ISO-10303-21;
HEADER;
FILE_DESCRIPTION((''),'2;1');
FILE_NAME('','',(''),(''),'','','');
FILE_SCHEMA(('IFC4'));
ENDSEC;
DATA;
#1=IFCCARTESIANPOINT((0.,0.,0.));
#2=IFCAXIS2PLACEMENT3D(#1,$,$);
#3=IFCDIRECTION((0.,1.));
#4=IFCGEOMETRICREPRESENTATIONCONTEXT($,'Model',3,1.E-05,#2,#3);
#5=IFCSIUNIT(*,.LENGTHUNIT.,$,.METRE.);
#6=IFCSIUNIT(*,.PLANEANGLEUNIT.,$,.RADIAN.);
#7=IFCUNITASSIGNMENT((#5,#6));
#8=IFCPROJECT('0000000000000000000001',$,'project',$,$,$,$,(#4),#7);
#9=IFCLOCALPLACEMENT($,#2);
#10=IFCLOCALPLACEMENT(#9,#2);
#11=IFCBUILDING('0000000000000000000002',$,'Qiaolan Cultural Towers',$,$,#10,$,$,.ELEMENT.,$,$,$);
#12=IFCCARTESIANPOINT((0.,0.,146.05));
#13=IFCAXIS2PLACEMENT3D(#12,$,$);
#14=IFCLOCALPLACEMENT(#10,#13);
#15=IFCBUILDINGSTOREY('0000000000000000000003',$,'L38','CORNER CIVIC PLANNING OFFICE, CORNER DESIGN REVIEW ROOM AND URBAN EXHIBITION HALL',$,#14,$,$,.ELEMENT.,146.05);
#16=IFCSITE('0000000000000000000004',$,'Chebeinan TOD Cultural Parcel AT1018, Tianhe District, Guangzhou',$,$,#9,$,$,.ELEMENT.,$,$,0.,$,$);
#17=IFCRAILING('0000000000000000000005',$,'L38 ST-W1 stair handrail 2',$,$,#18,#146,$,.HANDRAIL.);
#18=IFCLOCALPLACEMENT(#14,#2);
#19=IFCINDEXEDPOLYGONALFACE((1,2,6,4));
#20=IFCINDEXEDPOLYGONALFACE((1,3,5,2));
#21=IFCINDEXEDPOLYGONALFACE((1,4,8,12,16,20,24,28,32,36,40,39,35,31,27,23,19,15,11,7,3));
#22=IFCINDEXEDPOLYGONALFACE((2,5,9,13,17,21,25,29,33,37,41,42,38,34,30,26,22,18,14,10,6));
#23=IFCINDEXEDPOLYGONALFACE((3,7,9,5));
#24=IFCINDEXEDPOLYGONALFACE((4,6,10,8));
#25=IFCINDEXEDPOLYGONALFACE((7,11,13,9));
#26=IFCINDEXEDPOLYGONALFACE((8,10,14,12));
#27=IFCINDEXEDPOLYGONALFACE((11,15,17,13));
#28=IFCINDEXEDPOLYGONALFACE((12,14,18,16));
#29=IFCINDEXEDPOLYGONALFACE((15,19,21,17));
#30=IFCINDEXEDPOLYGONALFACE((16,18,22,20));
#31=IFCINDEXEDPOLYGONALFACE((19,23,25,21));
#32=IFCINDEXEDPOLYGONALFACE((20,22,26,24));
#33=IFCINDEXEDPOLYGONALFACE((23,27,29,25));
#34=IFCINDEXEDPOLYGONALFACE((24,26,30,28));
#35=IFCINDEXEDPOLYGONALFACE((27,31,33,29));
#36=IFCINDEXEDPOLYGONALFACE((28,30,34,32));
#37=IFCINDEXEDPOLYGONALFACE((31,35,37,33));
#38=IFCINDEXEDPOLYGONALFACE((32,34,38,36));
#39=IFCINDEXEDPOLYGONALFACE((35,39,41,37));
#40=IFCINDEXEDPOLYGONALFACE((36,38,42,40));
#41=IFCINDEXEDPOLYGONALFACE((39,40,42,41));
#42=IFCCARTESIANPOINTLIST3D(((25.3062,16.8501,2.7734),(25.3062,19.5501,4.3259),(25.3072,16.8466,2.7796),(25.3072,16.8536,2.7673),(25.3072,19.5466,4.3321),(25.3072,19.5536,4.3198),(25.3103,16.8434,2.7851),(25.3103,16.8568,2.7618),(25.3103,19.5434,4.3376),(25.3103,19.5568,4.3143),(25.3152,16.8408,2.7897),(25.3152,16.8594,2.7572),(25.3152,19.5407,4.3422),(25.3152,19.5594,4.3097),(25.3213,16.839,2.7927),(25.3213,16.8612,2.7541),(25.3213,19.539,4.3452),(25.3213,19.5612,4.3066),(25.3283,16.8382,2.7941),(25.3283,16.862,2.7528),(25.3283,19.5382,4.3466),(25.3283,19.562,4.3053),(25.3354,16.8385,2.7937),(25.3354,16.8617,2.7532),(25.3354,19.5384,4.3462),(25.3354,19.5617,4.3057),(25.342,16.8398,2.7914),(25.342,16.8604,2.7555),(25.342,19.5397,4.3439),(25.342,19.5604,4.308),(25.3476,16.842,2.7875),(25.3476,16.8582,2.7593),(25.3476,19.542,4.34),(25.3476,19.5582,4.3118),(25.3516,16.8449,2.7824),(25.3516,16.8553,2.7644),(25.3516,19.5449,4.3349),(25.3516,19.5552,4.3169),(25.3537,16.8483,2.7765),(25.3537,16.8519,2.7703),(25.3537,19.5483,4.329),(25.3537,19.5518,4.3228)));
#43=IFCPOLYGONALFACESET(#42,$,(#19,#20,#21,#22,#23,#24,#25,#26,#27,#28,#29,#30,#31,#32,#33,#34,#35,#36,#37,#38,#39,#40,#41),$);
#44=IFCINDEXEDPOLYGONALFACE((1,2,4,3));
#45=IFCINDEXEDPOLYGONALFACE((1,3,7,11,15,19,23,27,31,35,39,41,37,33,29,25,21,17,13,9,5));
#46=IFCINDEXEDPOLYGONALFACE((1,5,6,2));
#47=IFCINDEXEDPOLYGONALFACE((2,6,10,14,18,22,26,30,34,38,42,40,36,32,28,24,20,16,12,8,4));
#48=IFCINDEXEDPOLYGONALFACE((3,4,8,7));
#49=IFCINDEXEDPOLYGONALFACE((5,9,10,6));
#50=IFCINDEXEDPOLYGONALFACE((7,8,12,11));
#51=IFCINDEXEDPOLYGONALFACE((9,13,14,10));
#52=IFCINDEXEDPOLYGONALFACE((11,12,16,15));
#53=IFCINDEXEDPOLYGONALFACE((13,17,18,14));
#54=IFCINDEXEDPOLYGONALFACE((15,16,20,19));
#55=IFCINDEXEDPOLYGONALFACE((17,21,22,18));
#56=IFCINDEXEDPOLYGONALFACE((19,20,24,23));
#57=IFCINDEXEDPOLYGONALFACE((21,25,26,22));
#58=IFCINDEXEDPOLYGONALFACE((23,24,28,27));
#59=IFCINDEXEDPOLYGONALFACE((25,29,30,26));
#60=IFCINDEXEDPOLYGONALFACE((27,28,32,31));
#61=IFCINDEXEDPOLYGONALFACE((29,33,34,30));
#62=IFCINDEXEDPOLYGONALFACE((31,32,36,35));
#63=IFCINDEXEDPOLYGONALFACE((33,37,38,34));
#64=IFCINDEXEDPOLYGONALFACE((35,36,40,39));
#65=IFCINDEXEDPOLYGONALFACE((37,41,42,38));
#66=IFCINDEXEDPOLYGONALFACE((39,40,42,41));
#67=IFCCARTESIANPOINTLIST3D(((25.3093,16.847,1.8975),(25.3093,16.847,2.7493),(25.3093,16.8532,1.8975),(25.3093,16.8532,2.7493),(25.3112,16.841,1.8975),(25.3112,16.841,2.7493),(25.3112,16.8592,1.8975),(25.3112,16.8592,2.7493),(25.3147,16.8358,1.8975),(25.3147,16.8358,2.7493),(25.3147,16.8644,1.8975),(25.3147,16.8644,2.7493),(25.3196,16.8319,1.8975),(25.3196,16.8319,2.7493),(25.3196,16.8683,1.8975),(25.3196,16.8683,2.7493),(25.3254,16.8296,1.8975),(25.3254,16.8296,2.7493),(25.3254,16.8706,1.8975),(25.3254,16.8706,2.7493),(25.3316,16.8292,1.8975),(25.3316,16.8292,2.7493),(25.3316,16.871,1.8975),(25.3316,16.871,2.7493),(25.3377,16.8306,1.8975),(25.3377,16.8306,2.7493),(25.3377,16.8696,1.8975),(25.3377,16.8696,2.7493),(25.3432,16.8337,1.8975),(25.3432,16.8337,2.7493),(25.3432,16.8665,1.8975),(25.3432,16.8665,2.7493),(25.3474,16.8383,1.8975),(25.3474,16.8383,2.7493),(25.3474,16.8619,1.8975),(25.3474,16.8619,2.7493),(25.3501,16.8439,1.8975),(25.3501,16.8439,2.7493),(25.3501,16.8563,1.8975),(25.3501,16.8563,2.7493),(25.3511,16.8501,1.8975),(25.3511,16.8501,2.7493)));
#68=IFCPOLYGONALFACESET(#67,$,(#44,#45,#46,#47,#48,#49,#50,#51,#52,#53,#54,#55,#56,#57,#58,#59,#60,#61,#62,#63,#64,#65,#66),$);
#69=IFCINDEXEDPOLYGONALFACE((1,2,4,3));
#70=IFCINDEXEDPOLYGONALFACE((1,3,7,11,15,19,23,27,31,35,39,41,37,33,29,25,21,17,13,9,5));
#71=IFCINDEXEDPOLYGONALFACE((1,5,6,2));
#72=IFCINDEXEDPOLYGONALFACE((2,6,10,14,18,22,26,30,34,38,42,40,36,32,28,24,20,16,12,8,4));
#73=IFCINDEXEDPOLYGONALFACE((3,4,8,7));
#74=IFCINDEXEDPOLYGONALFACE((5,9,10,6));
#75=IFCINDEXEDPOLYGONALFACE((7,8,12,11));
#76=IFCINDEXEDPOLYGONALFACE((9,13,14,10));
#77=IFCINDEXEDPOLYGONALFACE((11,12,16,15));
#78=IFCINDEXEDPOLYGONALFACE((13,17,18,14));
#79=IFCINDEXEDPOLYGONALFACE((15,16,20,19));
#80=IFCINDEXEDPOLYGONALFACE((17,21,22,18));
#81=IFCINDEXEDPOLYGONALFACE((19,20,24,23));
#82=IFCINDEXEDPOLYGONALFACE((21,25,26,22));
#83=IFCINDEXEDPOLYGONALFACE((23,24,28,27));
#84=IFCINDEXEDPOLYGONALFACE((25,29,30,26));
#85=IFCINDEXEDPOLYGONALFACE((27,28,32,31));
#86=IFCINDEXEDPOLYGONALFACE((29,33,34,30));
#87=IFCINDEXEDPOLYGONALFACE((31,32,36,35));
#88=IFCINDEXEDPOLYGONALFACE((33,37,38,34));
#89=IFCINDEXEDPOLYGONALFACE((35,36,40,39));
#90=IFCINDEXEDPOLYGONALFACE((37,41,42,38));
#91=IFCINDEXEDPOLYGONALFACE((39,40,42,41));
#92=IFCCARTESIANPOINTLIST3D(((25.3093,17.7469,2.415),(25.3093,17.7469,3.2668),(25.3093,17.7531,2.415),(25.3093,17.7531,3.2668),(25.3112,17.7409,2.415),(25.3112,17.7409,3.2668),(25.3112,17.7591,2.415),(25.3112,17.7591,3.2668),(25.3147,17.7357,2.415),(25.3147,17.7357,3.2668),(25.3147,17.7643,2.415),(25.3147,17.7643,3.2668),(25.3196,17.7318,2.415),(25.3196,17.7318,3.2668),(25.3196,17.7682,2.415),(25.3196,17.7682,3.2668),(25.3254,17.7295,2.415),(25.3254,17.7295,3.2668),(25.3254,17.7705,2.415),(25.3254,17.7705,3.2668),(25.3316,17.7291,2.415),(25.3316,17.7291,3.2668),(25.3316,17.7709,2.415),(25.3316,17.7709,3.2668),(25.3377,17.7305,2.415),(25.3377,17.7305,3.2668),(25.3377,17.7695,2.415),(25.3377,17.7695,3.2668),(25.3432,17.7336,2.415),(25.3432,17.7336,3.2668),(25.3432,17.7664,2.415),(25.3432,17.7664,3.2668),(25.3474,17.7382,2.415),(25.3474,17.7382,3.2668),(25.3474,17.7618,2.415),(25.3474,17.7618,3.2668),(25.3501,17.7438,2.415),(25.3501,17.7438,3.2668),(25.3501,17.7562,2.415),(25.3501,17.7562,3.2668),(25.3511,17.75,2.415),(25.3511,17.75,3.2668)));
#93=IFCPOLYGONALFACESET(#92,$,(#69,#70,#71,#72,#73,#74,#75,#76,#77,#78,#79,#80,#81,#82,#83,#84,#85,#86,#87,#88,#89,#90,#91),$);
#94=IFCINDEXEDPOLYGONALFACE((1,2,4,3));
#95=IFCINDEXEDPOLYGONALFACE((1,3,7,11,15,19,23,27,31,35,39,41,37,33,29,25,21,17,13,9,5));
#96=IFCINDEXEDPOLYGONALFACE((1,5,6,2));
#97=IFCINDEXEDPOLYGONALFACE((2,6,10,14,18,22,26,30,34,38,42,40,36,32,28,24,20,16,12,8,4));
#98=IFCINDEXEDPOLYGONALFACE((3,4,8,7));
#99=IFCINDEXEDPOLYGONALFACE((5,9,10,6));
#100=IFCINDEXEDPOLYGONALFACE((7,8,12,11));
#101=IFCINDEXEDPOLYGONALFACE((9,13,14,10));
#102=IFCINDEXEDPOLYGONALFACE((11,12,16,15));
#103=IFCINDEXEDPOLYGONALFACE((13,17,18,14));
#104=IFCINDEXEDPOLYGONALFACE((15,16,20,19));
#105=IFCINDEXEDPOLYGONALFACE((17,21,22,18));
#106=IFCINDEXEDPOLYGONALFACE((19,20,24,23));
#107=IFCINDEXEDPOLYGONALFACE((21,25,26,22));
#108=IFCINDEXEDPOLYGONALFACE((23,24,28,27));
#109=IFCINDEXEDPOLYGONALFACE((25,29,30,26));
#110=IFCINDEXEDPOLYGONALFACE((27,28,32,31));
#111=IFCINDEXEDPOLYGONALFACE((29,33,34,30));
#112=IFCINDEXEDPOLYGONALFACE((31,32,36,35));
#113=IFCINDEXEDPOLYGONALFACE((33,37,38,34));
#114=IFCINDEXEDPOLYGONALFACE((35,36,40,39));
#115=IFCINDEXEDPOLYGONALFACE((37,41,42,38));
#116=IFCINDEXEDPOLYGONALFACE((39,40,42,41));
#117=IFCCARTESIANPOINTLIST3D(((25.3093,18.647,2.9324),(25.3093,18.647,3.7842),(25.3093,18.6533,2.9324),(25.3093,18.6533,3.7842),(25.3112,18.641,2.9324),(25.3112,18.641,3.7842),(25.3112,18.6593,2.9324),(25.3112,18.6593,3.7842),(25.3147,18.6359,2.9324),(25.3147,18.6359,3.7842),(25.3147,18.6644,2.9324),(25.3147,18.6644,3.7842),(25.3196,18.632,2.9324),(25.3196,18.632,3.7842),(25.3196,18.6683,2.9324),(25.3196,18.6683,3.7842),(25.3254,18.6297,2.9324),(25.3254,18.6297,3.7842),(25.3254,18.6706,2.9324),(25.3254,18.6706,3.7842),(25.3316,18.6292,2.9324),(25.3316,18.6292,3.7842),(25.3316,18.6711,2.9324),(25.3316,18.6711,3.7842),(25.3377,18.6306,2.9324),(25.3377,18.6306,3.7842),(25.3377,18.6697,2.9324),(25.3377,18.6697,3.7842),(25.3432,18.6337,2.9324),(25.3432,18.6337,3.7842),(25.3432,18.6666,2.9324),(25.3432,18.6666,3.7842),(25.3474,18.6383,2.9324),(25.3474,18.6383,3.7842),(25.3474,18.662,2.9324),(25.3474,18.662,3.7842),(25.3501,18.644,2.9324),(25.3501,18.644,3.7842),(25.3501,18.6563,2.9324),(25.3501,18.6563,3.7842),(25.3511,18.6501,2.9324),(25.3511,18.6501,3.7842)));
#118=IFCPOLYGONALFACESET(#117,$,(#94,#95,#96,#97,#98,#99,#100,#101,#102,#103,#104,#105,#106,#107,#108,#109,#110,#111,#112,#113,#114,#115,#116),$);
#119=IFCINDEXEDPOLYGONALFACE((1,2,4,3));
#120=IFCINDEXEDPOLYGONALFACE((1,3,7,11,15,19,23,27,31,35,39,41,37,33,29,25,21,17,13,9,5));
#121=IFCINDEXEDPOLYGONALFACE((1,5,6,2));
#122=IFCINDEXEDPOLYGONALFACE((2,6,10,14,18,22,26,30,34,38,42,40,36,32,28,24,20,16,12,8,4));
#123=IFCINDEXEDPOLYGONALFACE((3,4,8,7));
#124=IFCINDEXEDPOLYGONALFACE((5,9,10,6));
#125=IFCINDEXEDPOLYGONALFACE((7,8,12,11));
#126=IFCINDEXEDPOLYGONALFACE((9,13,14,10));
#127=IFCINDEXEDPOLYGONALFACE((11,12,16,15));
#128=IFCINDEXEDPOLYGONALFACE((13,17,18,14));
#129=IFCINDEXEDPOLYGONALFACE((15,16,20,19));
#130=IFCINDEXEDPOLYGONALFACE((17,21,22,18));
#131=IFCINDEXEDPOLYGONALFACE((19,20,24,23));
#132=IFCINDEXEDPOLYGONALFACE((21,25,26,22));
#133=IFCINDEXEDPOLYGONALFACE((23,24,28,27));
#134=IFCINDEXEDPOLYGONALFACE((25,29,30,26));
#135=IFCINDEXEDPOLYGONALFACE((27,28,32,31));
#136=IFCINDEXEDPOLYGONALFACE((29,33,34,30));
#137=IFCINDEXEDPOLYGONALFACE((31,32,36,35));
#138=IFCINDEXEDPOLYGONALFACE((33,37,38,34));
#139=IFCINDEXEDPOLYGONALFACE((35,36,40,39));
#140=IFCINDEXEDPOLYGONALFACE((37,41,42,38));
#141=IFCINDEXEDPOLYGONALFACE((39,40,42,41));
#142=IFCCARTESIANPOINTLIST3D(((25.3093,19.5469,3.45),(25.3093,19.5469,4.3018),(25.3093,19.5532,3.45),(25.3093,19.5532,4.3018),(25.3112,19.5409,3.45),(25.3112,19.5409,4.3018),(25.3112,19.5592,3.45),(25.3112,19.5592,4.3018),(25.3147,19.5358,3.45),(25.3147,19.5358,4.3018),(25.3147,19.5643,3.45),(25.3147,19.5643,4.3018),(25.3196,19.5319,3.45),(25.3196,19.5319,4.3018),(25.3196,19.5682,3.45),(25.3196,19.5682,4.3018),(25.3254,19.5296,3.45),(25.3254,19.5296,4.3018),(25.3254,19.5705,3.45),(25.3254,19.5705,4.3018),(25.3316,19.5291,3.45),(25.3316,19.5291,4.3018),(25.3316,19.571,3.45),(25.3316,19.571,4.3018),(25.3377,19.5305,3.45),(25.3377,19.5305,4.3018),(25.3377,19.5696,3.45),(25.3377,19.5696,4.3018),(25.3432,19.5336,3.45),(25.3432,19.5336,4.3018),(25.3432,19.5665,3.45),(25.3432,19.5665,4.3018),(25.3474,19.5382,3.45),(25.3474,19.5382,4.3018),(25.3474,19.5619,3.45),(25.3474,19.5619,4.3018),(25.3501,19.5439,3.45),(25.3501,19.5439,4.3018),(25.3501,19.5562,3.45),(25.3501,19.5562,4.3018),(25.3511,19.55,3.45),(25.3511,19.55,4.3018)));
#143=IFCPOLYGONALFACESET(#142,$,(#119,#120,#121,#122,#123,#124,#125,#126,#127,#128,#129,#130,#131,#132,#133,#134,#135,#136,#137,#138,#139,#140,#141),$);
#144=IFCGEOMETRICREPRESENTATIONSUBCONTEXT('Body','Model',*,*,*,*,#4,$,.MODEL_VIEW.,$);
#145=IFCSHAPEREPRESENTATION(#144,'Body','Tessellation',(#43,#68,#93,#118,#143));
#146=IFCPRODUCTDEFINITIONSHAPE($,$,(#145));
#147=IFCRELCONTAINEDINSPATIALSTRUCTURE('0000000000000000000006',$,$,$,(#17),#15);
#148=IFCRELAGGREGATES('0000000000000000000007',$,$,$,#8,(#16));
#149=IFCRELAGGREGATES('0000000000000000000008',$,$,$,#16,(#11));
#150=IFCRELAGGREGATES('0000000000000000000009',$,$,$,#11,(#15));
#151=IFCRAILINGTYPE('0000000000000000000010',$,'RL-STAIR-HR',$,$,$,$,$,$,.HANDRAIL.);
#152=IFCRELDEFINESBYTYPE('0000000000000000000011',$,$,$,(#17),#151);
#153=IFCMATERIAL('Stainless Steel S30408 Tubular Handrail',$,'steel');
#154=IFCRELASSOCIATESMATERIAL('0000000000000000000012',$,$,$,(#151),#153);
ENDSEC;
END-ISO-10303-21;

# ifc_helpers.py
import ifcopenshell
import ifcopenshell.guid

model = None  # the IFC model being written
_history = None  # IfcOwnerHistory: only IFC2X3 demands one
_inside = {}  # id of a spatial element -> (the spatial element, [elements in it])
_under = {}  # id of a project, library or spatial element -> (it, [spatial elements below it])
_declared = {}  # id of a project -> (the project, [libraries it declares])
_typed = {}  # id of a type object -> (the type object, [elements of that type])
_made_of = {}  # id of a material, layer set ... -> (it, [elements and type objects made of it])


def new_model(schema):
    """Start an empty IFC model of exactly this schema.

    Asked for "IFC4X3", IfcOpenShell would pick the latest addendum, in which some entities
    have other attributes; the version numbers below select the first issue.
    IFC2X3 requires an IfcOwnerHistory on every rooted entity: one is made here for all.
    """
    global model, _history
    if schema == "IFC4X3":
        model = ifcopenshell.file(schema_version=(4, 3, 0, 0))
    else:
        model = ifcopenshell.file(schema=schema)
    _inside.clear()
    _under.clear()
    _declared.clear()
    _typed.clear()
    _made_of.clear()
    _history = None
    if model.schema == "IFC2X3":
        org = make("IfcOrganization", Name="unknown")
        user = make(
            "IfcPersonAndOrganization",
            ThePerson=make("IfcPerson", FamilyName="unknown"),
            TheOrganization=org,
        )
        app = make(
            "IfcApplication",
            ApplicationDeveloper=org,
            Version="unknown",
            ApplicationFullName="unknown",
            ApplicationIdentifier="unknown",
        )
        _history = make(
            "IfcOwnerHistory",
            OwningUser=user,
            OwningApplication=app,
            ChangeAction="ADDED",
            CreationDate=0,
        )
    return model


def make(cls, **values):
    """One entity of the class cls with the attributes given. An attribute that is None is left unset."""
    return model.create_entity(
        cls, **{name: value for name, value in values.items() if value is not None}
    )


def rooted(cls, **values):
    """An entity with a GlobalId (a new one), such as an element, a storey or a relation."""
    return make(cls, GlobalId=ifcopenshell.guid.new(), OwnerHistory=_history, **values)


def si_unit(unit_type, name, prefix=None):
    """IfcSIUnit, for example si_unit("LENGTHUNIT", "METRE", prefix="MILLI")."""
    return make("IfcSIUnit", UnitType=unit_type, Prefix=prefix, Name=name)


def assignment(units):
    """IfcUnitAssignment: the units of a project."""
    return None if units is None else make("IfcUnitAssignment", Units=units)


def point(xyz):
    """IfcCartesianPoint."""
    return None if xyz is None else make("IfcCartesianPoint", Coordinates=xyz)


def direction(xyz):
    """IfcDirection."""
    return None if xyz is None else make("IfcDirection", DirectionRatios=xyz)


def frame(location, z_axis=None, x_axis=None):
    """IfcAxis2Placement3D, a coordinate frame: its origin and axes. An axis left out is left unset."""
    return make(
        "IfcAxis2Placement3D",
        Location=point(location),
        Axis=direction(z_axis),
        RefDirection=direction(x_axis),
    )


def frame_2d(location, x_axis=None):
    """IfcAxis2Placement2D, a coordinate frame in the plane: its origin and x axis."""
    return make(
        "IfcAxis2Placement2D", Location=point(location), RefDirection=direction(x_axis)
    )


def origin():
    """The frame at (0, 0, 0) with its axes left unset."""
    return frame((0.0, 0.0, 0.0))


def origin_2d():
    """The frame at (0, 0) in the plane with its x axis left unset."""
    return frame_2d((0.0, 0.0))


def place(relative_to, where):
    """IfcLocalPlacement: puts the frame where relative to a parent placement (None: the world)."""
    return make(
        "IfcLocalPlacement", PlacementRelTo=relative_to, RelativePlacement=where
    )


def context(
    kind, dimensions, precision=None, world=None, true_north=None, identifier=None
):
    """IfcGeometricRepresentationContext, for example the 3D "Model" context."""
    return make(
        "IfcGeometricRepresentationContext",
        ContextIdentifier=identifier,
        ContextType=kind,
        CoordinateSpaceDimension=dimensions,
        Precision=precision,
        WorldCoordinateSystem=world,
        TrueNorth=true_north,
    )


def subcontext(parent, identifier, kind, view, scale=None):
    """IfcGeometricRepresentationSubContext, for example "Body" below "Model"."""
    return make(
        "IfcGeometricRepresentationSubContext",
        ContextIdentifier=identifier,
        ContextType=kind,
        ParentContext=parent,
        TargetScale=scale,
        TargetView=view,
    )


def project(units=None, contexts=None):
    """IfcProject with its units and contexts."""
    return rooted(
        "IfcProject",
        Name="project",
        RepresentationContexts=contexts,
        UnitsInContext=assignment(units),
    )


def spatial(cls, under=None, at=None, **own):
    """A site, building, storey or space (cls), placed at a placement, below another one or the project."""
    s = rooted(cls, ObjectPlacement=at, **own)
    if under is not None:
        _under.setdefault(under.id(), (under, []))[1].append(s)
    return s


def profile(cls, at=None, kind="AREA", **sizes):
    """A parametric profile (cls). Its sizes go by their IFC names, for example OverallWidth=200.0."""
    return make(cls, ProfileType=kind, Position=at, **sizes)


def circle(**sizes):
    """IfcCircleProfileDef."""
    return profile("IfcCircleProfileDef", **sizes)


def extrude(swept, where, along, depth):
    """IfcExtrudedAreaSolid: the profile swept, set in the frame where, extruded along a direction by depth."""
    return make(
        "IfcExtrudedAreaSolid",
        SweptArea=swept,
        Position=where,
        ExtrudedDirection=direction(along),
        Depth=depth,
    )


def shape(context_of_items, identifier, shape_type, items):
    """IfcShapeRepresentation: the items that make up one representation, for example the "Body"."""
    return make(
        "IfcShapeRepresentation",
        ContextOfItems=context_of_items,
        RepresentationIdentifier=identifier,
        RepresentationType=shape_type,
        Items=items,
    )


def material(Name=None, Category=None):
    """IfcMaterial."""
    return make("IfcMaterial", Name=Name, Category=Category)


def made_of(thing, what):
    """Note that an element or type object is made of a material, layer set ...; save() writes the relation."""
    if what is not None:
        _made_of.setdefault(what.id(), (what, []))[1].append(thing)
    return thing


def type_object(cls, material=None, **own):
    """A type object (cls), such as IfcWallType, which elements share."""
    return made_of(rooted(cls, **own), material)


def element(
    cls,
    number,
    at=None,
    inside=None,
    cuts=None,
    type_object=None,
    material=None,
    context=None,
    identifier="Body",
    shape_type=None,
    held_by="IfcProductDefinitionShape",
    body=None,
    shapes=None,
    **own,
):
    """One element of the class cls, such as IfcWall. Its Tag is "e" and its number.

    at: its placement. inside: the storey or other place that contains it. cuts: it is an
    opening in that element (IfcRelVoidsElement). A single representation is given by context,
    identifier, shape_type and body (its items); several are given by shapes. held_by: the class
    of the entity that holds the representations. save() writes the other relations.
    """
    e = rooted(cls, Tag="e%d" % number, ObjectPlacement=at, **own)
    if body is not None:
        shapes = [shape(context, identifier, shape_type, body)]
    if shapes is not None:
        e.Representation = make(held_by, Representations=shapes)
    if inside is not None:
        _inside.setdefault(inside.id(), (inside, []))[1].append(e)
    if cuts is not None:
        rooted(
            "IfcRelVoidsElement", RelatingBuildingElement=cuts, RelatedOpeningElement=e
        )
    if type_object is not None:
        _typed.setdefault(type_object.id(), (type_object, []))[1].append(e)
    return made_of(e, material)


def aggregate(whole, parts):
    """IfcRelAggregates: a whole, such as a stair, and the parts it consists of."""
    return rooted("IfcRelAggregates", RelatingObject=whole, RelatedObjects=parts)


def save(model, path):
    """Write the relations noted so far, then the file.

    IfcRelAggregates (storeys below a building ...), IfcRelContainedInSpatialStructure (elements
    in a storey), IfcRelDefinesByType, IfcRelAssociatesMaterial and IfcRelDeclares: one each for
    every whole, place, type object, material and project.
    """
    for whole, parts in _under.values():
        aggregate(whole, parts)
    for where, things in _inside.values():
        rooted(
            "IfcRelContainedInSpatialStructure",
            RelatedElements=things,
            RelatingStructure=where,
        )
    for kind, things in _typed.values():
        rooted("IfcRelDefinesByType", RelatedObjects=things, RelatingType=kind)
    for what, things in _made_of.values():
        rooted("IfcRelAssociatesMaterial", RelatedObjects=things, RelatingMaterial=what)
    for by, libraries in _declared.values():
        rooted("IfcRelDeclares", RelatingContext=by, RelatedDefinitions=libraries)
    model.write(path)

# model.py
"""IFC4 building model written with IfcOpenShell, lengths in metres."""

from ifc_helpers import new_model, si_unit, direction, frame, origin, origin_2d, place, context, subcontext, project, spatial, circle, extrude, material, type_object, element, save


model = new_model("IFC4")

# Units and contexts
model_context = context("Model", 3, precision=1e-05, world=origin(), true_north=direction((0.0, 1.0)))
body_context = subcontext(model_context, "Body", "Model", "MODEL_VIEW")
ifc_project = project(units=[si_unit("LENGTHUNIT", "METRE"), si_unit("PLANEANGLEUNIT", "RADIAN")], contexts=[model_context])

# Site, building, storey
site_placement = place(None, origin())
site = spatial("IfcSite", under=ifc_project, at=site_placement, Name="Chebeinan TOD Cultural Parcel AT1018, Tianhe District, Guangzhou", CompositionType="ELEMENT", RefElevation=0.0)
building_placement = place(site_placement, origin())
building = spatial("IfcBuilding", under=site, at=building_placement, Name="Qiaolan Cultural Towers", CompositionType="ELEMENT")
storey_placement = place(building_placement, frame((0.0, 0.0, 146.05)))
storey = spatial("IfcBuildingStorey", under=building, at=storey_placement, Name="L38", Description="CORNER CIVIC PLANNING OFFICE, CORNER DESIGN REVIEW ROOM AND URBAN EXHIBITION HALL", CompositionType="ELEMENT", Elevation=146.05)

# Railing
ifc_material_1 = material(Name="Stainless Steel S30408 Tubular Handrail", Category="steel")
railing_type_1 = type_object("IfcRailingType", Name="RL-STAIR-HR", PredefinedType="HANDRAIL", material=ifc_material_1)
railing_1_placement = place(storey_placement, frame((25.3301, 16.8501, 1.8975)))
element("IfcRailing", 1, at=railing_1_placement, inside=storey, type_object=railing_type_1, Name="L38 ST-W1 stair handrail 2", PredefinedType="HANDRAIL", context=body_context, shape_type="SweptSolid", body=[
    extrude(circle(Radius=0.0239, at=origin_2d()), frame((0.0, 0.0, 0.876), z_axis=(0.0, 0.866904, 0.498476), x_axis=(-1.0, 0.0, 0.0)), (0.0, 0.0, 1.0), 3.1145),
    extrude(circle(Radius=0.021, at=origin_2d()), origin(), (0.0, 0.0, 1.0), 0.8518),
    extrude(circle(Radius=0.021, at=origin_2d()), frame((0.0, 0.8999, 0.5176)), (0.0, 0.0, 1.0), 0.8518),
    extrude(circle(Radius=0.021, at=origin_2d()), frame((0.0, 1.8, 1.0349)), (0.0, 0.0, 1.0), 0.8518),
    extrude(circle(Radius=0.021, at=origin_2d()), frame((0.0, 2.7, 1.5525)), (0.0, 0.0, 1.0), 0.8518),
])

save(model, "model.ifc")
